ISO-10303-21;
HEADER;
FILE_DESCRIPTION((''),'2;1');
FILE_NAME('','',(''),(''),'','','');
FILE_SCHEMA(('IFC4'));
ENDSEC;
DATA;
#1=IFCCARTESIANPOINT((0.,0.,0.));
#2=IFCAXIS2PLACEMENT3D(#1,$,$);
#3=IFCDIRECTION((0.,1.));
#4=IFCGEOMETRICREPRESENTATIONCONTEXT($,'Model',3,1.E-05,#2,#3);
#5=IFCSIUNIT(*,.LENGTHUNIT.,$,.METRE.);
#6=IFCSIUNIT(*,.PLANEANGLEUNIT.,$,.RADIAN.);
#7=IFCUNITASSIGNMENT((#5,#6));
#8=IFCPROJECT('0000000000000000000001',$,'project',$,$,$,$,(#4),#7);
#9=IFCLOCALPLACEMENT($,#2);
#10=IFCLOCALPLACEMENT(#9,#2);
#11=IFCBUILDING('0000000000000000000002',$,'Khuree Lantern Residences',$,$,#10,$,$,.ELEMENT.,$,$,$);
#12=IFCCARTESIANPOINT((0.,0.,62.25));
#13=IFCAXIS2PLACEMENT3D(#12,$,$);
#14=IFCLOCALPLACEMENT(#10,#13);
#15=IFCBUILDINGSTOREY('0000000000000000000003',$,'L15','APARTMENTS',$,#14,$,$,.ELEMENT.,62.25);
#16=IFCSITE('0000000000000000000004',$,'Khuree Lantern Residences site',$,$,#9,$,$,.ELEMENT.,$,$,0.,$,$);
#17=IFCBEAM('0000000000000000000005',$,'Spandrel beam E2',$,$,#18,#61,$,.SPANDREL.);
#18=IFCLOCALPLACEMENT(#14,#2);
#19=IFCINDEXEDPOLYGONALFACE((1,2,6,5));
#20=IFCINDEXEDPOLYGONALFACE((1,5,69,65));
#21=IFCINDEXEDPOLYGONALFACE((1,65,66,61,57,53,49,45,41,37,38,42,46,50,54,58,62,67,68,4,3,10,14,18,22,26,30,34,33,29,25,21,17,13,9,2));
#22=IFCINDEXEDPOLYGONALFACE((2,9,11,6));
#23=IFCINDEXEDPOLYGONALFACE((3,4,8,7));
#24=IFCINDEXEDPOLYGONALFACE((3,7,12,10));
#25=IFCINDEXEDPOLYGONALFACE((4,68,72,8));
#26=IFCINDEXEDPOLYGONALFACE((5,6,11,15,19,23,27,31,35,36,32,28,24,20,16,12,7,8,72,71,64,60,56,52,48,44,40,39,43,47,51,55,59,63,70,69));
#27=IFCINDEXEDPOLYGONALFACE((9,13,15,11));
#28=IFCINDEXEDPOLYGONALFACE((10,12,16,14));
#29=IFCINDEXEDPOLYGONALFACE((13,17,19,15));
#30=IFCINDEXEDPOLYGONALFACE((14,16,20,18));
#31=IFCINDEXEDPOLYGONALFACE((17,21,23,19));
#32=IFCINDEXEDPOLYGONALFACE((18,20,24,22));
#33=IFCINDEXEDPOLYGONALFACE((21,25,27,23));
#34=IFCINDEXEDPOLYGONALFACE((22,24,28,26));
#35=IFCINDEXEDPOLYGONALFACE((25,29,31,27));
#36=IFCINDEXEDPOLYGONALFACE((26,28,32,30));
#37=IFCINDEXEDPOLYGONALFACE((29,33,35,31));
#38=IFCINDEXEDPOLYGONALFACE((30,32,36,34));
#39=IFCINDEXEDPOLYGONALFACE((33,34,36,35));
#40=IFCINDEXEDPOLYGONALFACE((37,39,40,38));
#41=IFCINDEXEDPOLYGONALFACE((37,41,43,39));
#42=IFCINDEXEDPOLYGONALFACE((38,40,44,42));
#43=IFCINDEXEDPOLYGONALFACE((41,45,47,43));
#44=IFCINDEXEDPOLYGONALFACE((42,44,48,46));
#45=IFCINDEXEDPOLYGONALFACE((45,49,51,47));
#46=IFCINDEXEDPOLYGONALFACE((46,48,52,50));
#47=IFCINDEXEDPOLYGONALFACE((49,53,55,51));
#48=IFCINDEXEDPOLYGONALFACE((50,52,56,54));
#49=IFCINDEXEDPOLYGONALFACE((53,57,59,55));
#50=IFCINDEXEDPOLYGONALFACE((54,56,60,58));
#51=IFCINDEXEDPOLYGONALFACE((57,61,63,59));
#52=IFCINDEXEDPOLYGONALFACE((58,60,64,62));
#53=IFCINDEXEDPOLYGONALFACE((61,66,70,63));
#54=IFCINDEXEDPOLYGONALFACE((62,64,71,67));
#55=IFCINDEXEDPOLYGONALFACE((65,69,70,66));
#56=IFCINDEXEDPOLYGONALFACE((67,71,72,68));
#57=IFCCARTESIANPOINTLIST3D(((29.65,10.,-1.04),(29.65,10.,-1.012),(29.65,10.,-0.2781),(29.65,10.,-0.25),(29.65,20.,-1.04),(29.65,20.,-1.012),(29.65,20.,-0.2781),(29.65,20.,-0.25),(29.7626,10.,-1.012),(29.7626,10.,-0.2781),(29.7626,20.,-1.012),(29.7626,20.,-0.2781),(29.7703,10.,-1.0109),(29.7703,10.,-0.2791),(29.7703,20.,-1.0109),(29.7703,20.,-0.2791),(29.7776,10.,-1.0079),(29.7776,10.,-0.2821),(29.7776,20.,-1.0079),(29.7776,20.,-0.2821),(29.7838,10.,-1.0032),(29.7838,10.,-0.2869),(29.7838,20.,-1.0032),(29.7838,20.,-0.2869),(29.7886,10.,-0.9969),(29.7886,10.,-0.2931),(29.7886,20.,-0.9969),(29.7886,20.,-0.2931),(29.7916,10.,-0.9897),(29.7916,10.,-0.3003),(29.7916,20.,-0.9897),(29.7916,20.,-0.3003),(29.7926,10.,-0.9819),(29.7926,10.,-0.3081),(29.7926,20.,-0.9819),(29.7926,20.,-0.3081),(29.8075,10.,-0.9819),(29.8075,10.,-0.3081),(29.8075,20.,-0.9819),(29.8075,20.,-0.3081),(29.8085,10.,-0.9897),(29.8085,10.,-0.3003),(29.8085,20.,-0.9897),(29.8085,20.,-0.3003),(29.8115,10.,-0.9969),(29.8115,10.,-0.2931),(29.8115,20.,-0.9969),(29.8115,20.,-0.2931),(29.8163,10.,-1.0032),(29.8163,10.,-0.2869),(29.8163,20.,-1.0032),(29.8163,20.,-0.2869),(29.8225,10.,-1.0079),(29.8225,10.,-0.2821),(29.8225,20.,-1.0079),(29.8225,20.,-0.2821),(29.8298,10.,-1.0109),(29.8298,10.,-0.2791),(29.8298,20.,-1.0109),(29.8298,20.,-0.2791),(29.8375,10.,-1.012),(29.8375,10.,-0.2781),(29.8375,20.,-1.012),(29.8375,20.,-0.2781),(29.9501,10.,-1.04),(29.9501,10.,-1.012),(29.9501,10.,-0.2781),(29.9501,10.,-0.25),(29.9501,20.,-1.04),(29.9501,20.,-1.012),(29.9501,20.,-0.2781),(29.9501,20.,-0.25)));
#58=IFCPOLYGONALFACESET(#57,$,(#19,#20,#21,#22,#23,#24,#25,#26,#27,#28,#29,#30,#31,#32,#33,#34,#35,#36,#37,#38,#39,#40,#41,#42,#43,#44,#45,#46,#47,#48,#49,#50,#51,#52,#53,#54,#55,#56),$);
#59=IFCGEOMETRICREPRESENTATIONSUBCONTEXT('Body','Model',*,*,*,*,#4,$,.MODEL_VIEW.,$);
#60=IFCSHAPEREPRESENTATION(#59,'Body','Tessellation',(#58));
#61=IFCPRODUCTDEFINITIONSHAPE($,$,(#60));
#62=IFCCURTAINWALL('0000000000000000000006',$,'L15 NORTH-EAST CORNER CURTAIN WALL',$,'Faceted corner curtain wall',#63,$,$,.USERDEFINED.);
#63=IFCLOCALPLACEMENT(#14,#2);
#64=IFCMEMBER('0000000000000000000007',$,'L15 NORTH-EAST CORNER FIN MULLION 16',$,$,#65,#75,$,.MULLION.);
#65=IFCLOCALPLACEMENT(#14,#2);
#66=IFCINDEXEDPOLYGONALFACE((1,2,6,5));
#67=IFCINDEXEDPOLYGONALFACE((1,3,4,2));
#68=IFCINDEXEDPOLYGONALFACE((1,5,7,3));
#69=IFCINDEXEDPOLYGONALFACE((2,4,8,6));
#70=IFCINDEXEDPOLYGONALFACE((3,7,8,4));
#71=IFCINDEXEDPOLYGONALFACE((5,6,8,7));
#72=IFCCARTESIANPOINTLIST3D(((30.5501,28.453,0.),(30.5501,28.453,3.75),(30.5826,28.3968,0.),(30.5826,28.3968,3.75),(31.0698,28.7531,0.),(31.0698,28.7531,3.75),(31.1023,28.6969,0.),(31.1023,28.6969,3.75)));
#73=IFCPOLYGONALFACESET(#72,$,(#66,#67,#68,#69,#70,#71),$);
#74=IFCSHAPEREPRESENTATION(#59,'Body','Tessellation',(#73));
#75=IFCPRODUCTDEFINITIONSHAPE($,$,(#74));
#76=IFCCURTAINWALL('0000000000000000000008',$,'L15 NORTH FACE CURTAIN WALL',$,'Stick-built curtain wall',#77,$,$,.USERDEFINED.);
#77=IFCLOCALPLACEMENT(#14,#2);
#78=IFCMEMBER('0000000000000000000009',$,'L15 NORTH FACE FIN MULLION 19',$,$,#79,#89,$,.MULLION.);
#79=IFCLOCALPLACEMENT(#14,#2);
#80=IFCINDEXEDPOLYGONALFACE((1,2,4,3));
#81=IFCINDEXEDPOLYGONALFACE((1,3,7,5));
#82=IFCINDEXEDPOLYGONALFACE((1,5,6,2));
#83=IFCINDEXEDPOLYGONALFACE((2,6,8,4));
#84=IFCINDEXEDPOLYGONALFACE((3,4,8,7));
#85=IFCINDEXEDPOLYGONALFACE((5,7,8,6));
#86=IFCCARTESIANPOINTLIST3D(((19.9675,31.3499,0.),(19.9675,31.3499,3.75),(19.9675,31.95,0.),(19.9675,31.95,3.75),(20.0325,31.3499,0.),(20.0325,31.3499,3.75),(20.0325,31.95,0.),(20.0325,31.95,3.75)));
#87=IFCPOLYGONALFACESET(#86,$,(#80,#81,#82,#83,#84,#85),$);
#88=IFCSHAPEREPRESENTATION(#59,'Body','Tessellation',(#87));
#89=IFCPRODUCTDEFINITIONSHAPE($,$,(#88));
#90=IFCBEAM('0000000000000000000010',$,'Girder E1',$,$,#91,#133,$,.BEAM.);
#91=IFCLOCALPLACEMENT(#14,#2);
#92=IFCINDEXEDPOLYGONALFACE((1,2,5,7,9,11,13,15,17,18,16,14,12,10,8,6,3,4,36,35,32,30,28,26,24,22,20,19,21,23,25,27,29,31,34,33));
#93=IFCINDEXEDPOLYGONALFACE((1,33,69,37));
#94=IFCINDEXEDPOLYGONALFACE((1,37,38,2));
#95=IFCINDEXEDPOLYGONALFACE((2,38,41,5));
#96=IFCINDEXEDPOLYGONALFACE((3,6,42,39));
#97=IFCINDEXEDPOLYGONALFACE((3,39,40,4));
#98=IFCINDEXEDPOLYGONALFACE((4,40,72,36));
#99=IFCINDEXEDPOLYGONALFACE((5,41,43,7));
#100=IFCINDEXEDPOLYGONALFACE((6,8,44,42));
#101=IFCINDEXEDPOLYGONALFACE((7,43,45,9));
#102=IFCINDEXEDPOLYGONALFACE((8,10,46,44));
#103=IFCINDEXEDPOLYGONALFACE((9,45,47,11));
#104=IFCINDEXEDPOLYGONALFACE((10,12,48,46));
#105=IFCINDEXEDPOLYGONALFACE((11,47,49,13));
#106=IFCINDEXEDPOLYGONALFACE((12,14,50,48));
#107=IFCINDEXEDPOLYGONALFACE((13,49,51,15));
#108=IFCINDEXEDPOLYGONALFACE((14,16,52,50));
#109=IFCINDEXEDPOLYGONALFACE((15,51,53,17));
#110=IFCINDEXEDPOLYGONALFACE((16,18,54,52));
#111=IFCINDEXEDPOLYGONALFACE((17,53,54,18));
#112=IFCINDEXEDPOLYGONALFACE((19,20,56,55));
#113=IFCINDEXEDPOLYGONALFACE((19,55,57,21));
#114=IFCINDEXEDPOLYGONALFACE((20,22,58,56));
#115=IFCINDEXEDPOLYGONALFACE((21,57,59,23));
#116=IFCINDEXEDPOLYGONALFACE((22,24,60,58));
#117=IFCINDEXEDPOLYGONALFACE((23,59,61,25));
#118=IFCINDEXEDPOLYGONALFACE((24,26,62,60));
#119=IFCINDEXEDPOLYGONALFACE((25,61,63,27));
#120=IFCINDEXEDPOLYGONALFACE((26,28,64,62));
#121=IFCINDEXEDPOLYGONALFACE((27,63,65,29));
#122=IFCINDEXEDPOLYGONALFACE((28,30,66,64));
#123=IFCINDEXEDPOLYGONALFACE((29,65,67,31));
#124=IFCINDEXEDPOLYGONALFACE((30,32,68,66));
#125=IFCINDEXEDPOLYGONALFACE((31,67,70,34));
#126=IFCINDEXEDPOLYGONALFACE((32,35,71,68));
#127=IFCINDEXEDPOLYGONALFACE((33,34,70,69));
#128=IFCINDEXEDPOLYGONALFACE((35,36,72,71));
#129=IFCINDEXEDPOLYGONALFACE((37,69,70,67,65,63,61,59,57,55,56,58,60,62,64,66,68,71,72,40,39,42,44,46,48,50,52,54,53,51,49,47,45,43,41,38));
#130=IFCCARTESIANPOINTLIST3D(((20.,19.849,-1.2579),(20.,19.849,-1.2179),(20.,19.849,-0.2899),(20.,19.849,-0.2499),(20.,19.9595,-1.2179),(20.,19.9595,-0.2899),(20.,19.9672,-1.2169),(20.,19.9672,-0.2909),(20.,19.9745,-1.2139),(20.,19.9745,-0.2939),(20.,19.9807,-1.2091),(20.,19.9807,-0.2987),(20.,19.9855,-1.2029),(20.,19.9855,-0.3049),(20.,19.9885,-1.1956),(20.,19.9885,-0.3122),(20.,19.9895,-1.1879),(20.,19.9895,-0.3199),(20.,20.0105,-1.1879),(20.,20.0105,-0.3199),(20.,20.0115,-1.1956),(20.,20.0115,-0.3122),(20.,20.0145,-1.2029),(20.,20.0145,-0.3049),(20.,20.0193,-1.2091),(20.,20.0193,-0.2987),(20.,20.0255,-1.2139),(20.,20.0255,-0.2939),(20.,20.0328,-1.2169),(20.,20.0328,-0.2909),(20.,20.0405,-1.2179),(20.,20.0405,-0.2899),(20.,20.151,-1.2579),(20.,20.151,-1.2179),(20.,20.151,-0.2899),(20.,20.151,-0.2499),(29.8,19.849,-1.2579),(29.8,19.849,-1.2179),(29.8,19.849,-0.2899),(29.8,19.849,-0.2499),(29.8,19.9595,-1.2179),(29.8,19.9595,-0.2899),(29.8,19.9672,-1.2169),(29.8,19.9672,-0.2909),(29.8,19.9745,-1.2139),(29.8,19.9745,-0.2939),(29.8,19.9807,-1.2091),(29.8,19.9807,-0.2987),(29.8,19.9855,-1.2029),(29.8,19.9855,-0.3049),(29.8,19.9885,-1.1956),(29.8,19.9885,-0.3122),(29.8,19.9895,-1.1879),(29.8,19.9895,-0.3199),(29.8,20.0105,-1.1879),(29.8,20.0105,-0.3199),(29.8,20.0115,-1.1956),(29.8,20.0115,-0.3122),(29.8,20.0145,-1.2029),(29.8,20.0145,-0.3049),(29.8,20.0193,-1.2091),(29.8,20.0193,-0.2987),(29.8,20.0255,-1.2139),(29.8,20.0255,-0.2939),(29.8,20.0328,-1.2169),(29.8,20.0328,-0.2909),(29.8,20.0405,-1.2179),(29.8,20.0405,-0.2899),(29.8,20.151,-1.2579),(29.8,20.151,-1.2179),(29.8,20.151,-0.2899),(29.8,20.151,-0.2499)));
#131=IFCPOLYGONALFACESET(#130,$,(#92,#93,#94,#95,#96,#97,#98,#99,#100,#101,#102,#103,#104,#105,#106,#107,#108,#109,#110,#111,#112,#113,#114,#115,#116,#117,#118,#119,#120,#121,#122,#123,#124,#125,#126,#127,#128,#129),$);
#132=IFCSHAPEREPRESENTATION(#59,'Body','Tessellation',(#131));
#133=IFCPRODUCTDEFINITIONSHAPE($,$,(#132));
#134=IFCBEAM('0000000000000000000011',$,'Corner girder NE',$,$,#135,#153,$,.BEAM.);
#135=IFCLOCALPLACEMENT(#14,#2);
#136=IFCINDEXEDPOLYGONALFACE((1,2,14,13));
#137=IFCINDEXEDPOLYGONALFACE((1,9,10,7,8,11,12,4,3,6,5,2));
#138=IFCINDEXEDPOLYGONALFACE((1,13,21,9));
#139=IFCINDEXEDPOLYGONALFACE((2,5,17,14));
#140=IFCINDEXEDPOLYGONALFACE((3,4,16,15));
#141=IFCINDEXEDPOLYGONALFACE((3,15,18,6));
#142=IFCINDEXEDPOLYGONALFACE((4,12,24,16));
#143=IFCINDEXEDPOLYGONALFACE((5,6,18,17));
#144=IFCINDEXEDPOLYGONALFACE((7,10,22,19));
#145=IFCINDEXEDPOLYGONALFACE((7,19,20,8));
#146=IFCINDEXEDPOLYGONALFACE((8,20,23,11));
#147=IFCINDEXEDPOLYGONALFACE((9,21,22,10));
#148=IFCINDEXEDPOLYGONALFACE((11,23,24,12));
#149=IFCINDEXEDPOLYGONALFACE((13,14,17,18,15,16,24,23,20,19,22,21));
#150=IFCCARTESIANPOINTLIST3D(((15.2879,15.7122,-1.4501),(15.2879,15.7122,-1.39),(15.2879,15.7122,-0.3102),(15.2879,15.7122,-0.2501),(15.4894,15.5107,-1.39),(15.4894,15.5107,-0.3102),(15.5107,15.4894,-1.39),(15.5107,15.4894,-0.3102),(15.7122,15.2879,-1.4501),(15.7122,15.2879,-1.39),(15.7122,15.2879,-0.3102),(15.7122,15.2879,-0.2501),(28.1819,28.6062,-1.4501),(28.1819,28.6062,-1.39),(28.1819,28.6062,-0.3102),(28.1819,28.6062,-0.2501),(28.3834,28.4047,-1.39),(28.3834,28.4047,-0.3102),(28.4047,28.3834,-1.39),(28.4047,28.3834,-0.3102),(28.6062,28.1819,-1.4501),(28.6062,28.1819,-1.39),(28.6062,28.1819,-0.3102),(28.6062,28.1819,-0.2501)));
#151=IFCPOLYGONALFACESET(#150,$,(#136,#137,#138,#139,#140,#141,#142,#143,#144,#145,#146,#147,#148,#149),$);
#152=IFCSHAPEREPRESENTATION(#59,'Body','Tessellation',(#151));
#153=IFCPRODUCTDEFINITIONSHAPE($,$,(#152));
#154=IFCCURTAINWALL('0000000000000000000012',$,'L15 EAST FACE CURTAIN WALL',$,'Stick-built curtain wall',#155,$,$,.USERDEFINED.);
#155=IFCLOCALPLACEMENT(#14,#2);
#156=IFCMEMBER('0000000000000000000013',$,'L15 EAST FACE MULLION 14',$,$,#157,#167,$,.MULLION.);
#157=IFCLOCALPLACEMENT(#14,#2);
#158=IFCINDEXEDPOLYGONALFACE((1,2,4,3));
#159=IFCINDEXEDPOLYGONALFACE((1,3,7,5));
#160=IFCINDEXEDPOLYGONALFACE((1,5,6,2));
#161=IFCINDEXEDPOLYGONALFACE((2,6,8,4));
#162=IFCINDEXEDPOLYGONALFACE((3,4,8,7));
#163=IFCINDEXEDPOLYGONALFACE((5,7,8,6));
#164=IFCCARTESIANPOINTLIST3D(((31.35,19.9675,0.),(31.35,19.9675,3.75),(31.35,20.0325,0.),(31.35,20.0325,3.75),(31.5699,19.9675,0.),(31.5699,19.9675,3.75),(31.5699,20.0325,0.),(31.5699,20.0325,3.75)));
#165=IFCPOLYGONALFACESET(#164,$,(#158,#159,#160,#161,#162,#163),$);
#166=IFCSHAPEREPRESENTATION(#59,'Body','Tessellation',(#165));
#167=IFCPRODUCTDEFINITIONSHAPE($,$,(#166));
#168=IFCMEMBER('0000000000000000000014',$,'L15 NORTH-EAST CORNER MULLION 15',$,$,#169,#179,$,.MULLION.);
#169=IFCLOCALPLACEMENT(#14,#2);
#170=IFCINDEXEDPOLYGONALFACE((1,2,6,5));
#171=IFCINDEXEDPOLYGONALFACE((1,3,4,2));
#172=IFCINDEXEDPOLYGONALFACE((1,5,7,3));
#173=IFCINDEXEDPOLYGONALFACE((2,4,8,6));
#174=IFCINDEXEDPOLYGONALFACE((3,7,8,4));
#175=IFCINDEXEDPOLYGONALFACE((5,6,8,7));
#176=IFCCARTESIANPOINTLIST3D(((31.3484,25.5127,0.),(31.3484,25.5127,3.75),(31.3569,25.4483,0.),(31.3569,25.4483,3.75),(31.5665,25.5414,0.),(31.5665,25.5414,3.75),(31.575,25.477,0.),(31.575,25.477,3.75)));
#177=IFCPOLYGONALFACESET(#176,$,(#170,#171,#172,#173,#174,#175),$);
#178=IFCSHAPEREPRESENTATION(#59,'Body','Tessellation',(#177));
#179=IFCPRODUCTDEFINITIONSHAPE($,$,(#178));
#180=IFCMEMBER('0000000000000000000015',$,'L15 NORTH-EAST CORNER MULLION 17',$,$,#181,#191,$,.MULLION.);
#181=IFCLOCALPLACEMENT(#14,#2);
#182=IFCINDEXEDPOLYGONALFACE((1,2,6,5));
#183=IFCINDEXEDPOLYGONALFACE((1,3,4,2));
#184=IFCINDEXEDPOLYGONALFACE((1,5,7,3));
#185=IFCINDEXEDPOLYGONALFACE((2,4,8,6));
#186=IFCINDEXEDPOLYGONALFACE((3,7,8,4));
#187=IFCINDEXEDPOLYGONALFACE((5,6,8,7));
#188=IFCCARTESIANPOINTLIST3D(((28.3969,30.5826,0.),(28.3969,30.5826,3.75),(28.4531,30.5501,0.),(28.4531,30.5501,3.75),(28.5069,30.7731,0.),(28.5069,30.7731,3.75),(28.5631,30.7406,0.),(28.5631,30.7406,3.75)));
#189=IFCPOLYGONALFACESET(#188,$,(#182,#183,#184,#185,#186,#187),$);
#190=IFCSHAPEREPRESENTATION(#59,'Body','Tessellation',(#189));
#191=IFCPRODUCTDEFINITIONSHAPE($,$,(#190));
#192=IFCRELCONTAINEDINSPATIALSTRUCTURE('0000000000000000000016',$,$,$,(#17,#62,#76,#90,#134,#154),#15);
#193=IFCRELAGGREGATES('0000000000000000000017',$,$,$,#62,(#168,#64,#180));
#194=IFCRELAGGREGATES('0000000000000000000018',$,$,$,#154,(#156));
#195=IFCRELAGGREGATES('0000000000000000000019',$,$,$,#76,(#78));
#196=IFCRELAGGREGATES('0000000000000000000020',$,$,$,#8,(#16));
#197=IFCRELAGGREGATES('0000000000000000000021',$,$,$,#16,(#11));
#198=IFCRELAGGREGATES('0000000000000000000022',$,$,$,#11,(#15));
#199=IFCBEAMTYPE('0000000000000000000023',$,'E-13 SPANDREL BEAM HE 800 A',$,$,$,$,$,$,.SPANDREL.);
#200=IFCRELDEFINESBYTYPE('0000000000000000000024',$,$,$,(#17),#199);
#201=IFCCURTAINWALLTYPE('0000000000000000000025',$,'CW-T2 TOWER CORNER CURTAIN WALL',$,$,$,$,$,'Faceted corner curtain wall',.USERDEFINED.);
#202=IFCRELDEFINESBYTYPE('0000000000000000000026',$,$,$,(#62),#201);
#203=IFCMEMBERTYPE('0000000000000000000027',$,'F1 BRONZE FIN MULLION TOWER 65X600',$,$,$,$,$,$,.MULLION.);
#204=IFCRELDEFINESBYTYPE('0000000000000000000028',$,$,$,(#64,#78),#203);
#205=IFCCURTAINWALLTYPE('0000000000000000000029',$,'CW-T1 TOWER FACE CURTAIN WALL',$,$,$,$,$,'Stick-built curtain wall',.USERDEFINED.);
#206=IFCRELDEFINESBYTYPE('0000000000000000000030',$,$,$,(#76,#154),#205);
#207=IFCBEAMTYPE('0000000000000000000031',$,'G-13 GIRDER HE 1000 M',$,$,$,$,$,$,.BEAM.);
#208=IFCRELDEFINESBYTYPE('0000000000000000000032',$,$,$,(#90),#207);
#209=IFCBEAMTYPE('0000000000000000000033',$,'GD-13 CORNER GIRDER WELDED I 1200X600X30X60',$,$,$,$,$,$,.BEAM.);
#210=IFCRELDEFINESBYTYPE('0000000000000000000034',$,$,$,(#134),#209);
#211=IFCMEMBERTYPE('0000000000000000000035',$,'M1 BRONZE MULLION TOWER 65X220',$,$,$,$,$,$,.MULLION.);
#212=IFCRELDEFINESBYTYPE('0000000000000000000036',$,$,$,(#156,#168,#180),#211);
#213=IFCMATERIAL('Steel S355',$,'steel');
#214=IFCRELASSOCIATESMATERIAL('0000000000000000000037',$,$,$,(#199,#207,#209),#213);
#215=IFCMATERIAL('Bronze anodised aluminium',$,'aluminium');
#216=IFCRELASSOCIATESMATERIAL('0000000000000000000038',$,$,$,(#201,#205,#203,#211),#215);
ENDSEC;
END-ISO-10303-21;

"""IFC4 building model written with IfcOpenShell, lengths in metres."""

from ifc_helpers import new_model, si_unit, direction, frame, origin, origin_2d, place, context, subcontext, project, spatial, rectangle, i_section, extrude, material, material_profile, profile_set, type_object, element, aggregate, save


model = new_model("IFC4")

# Units and contexts
model_context = context("Model", 3, precision=1e-05, world=origin(), true_north=direction((0.0, 1.0)))
body_context = subcontext(model_context, "Body", "Model", "MODEL_VIEW")
ifc_project = project(units=[si_unit("LENGTHUNIT", "METRE"), si_unit("PLANEANGLEUNIT", "RADIAN")], contexts=[model_context])

# Site, building, storey
site_placement = place(None, origin())
site = spatial("IfcSite", under=ifc_project, at=site_placement, Name="Khuree Lantern Residences site", CompositionType="ELEMENT", RefElevation=0.0)
building_placement = place(site_placement, origin())
building = spatial("IfcBuilding", under=site, at=building_placement, Name="Khuree Lantern Residences", CompositionType="ELEMENT")
storey_placement = place(building_placement, frame((0.0, 0.0, 62.25)))
storey = spatial("IfcBuildingStorey", under=building, at=storey_placement, Name="L15", Description="APARTMENTS", CompositionType="ELEMENT", Elevation=62.25)

# Beam
ifc_material_1 = material(Name="Steel S355", Category="steel")
ifc_material_profile_1 = material_profile(ifc_material_1, i_section(OverallWidth=0.3, OverallDepth=0.79, WebThickness=0.0149, FlangeThickness=0.0281, FilletRadius=0.03, at=origin_2d()), Name="HE 800 A")
ifc_profile_set_1 = profile_set([ifc_material_profile_1], Name="Steel S355")
beam_type_1 = type_object("IfcBeamType", Name="E-13 SPANDREL BEAM HE 800 A", PredefinedType="SPANDREL", material=ifc_profile_set_1)
beam_1_placement = place(storey_placement, frame((29.8, 20.0, -0.645), z_axis=(0.0, -1.0, 0.0), x_axis=(1.0, 0.0, 0.0)))
element("IfcBeam", 1, at=beam_1_placement, inside=storey, type_object=beam_type_1, Name="Spandrel beam E2", PredefinedType="SPANDREL", context=body_context, shape_type="SweptSolid", body=[
    extrude(i_section(OverallWidth=0.3, OverallDepth=0.79, WebThickness=0.0149, FlangeThickness=0.0281, FilletRadius=0.03, at=origin_2d()), origin(), (0.0, 0.0, 1.0), 10.0),
])

# Curtain walls, members
ifc_material_2 = material(Name="Bronze anodised aluminium", Category="aluminium")
curtain_wall_type_1 = type_object("IfcCurtainWallType", Name="CW-T2 TOWER CORNER CURTAIN WALL", ElementType="Faceted corner curtain wall", PredefinedType="USERDEFINED", material=ifc_material_2)
curtain_wall_1_placement = place(storey_placement, origin())
curtain_wall_1 = element("IfcCurtainWall", 2, at=curtain_wall_1_placement, inside=storey, type_object=curtain_wall_type_1, Name="L15 NORTH-EAST CORNER CURTAIN WALL", ObjectType="Faceted corner curtain wall", PredefinedType="USERDEFINED")
ifc_material_profile_2 = material_profile(ifc_material_2, rectangle(XDim=0.0649, YDim=0.6001, at=origin_2d()), Name="F1 65X600")
ifc_profile_set_2 = profile_set([ifc_material_profile_2], Name="Bronze anodised aluminium")
member_type_1 = type_object("IfcMemberType", Name="F1 BRONZE FIN MULLION TOWER 65X600", PredefinedType="MULLION", material=ifc_profile_set_2)
member_1_placement = place(storey_placement, frame((30.8262, 28.575, 0.0), z_axis=(0.0, 0.0, 1.0), x_axis=(-0.5, 0.866025, 0.0)))
member_1 = element("IfcMember", 3, at=member_1_placement, type_object=member_type_1, Name="L15 NORTH-EAST CORNER FIN MULLION 16", PredefinedType="MULLION", context=body_context, shape_type="SweptSolid", body=[
    extrude(rectangle(XDim=0.0649, YDim=0.6001, at=origin_2d()), origin(), (0.0, 0.0, 1.0), 3.75),
])
curtain_wall_type_2 = type_object("IfcCurtainWallType", Name="CW-T1 TOWER FACE CURTAIN WALL", ElementType="Stick-built curtain wall", PredefinedType="USERDEFINED", material=ifc_material_2)
curtain_wall_2_placement = place(storey_placement, origin())
curtain_wall_2 = element("IfcCurtainWall", 4, at=curtain_wall_2_placement, inside=storey, type_object=curtain_wall_type_2, Name="L15 NORTH FACE CURTAIN WALL", ObjectType="Stick-built curtain wall", PredefinedType="USERDEFINED")
member_2_placement = place(storey_placement, frame((20.0, 31.6499, 0.0), z_axis=(0.0, 0.0, 1.0), x_axis=(-1.0, 0.0, 0.0)))
member_2 = element("IfcMember", 5, at=member_2_placement, type_object=member_type_1, Name="L15 NORTH FACE FIN MULLION 19", PredefinedType="MULLION", context=body_context, shape_type="SweptSolid", body=[
    extrude(rectangle(XDim=0.0649, YDim=0.6001, at=origin_2d()), origin(), (0.0, 0.0, 1.0), 3.75),
])

# Beams
ifc_material_profile_3 = material_profile(ifc_material_1, i_section(OverallWidth=0.302, OverallDepth=1.0081, WebThickness=0.021, FlangeThickness=0.04, FilletRadius=0.03, at=origin_2d()), Name="HE 1000 M")
ifc_profile_set_3 = profile_set([ifc_material_profile_3], Name="Steel S355")
beam_type_2 = type_object("IfcBeamType", Name="G-13 GIRDER HE 1000 M", PredefinedType="BEAM", material=ifc_profile_set_3)
beam_2_placement = place(storey_placement, frame((29.8, 20.0, -0.7539), z_axis=(-1.0, 0.0, 0.0), x_axis=(0.0, -1.0, 0.0)))
element("IfcBeam", 6, at=beam_2_placement, inside=storey, type_object=beam_type_2, Name="Girder E1", PredefinedType="BEAM", context=body_context, shape_type="SweptSolid", body=[
    extrude(i_section(OverallWidth=0.302, OverallDepth=1.0081, WebThickness=0.021, FlangeThickness=0.04, FilletRadius=0.03, at=origin_2d()), origin(), (0.0, 0.0, 1.0), 9.8),
])
ifc_material_profile_4 = material_profile(ifc_material_1, i_section(OverallWidth=0.6001, OverallDepth=1.2, WebThickness=0.03, FlangeThickness=0.0601, at=origin_2d()), Name="WELDED I 1200X600X30X60")
ifc_profile_set_4 = profile_set([ifc_material_profile_4], Name="Steel S355")
beam_type_3 = type_object("IfcBeamType", Name="GD-13 CORNER GIRDER WELDED I 1200X600X30X60", PredefinedType="BEAM", material=ifc_profile_set_4)
beam_3_placement = place(storey_placement, frame((28.394, 28.394, -0.8501), z_axis=(-0.707107, -0.707107, 0.0), x_axis=(0.707107, -0.707107, 0.0)))
element("IfcBeam", 7, at=beam_3_placement, inside=storey, type_object=beam_type_3, Name="Corner girder NE", PredefinedType="BEAM", context=body_context, shape_type="SweptSolid", body=[
    extrude(i_section(OverallWidth=0.6001, OverallDepth=1.2, WebThickness=0.03, FlangeThickness=0.0601, at=origin_2d()), origin(), (0.0, 0.0, 1.0), 18.2349),
])

# Curtain wall, member
curtain_wall_3_placement = place(storey_placement, origin())
curtain_wall_3 = element("IfcCurtainWall", 8, at=curtain_wall_3_placement, inside=storey, type_object=curtain_wall_type_2, Name="L15 EAST FACE CURTAIN WALL", ObjectType="Stick-built curtain wall", PredefinedType="USERDEFINED")
ifc_material_profile_5 = material_profile(ifc_material_2, rectangle(XDim=0.0649, YDim=0.22, at=origin_2d()), Name="M1 65X220")
ifc_profile_set_5 = profile_set([ifc_material_profile_5], Name="Bronze anodised aluminium")
member_type_2 = type_object("IfcMemberType", Name="M1 BRONZE MULLION TOWER 65X220", PredefinedType="MULLION", material=ifc_profile_set_5)
member_3_placement = place(storey_placement, frame((31.46, 20.0, 0.0), z_axis=(0.0, 0.0, 1.0), x_axis=(0.0, 1.0, 0.0)))
member_3 = element("IfcMember", 9, at=member_3_placement, type_object=member_type_2, Name="L15 EAST FACE MULLION 14", PredefinedType="MULLION", context=body_context, shape_type="SweptSolid", body=[
    extrude(rectangle(XDim=0.0649, YDim=0.22, at=origin_2d()), origin(), (0.0, 0.0, 1.0), 3.75),
])

# Members
member_4_placement = place(storey_placement, frame((31.4617, 25.4949, 0.0), z_axis=(0.0, 0.0, 1.0), x_axis=(-0.130526, 0.991445, 0.0)))
member_4 = element("IfcMember", 10, at=member_4_placement, type_object=member_type_2, Name="L15 NORTH-EAST CORNER MULLION 15", PredefinedType="MULLION", context=body_context, shape_type="SweptSolid", body=[
    extrude(rectangle(XDim=0.0649, YDim=0.22, at=origin_2d()), origin(), (0.0, 0.0, 1.0), 3.75),
])
member_5_placement = place(storey_placement, frame((28.48, 30.6616, 0.0), z_axis=(0.0, 0.0, 1.0), x_axis=(-0.866025, 0.5, 0.0)))
member_5 = element("IfcMember", 11, at=member_5_placement, type_object=member_type_2, Name="L15 NORTH-EAST CORNER MULLION 17", PredefinedType="MULLION", context=body_context, shape_type="SweptSolid", body=[
    extrude(rectangle(XDim=0.0649, YDim=0.22, at=origin_2d()), origin(), (0.0, 0.0, 1.0), 3.75),
])

aggregate(curtain_wall_1, [member_4, member_1, member_5])
aggregate(curtain_wall_3, [member_3])
aggregate(curtain_wall_2, [member_2])

save(model, "model.ifc")
